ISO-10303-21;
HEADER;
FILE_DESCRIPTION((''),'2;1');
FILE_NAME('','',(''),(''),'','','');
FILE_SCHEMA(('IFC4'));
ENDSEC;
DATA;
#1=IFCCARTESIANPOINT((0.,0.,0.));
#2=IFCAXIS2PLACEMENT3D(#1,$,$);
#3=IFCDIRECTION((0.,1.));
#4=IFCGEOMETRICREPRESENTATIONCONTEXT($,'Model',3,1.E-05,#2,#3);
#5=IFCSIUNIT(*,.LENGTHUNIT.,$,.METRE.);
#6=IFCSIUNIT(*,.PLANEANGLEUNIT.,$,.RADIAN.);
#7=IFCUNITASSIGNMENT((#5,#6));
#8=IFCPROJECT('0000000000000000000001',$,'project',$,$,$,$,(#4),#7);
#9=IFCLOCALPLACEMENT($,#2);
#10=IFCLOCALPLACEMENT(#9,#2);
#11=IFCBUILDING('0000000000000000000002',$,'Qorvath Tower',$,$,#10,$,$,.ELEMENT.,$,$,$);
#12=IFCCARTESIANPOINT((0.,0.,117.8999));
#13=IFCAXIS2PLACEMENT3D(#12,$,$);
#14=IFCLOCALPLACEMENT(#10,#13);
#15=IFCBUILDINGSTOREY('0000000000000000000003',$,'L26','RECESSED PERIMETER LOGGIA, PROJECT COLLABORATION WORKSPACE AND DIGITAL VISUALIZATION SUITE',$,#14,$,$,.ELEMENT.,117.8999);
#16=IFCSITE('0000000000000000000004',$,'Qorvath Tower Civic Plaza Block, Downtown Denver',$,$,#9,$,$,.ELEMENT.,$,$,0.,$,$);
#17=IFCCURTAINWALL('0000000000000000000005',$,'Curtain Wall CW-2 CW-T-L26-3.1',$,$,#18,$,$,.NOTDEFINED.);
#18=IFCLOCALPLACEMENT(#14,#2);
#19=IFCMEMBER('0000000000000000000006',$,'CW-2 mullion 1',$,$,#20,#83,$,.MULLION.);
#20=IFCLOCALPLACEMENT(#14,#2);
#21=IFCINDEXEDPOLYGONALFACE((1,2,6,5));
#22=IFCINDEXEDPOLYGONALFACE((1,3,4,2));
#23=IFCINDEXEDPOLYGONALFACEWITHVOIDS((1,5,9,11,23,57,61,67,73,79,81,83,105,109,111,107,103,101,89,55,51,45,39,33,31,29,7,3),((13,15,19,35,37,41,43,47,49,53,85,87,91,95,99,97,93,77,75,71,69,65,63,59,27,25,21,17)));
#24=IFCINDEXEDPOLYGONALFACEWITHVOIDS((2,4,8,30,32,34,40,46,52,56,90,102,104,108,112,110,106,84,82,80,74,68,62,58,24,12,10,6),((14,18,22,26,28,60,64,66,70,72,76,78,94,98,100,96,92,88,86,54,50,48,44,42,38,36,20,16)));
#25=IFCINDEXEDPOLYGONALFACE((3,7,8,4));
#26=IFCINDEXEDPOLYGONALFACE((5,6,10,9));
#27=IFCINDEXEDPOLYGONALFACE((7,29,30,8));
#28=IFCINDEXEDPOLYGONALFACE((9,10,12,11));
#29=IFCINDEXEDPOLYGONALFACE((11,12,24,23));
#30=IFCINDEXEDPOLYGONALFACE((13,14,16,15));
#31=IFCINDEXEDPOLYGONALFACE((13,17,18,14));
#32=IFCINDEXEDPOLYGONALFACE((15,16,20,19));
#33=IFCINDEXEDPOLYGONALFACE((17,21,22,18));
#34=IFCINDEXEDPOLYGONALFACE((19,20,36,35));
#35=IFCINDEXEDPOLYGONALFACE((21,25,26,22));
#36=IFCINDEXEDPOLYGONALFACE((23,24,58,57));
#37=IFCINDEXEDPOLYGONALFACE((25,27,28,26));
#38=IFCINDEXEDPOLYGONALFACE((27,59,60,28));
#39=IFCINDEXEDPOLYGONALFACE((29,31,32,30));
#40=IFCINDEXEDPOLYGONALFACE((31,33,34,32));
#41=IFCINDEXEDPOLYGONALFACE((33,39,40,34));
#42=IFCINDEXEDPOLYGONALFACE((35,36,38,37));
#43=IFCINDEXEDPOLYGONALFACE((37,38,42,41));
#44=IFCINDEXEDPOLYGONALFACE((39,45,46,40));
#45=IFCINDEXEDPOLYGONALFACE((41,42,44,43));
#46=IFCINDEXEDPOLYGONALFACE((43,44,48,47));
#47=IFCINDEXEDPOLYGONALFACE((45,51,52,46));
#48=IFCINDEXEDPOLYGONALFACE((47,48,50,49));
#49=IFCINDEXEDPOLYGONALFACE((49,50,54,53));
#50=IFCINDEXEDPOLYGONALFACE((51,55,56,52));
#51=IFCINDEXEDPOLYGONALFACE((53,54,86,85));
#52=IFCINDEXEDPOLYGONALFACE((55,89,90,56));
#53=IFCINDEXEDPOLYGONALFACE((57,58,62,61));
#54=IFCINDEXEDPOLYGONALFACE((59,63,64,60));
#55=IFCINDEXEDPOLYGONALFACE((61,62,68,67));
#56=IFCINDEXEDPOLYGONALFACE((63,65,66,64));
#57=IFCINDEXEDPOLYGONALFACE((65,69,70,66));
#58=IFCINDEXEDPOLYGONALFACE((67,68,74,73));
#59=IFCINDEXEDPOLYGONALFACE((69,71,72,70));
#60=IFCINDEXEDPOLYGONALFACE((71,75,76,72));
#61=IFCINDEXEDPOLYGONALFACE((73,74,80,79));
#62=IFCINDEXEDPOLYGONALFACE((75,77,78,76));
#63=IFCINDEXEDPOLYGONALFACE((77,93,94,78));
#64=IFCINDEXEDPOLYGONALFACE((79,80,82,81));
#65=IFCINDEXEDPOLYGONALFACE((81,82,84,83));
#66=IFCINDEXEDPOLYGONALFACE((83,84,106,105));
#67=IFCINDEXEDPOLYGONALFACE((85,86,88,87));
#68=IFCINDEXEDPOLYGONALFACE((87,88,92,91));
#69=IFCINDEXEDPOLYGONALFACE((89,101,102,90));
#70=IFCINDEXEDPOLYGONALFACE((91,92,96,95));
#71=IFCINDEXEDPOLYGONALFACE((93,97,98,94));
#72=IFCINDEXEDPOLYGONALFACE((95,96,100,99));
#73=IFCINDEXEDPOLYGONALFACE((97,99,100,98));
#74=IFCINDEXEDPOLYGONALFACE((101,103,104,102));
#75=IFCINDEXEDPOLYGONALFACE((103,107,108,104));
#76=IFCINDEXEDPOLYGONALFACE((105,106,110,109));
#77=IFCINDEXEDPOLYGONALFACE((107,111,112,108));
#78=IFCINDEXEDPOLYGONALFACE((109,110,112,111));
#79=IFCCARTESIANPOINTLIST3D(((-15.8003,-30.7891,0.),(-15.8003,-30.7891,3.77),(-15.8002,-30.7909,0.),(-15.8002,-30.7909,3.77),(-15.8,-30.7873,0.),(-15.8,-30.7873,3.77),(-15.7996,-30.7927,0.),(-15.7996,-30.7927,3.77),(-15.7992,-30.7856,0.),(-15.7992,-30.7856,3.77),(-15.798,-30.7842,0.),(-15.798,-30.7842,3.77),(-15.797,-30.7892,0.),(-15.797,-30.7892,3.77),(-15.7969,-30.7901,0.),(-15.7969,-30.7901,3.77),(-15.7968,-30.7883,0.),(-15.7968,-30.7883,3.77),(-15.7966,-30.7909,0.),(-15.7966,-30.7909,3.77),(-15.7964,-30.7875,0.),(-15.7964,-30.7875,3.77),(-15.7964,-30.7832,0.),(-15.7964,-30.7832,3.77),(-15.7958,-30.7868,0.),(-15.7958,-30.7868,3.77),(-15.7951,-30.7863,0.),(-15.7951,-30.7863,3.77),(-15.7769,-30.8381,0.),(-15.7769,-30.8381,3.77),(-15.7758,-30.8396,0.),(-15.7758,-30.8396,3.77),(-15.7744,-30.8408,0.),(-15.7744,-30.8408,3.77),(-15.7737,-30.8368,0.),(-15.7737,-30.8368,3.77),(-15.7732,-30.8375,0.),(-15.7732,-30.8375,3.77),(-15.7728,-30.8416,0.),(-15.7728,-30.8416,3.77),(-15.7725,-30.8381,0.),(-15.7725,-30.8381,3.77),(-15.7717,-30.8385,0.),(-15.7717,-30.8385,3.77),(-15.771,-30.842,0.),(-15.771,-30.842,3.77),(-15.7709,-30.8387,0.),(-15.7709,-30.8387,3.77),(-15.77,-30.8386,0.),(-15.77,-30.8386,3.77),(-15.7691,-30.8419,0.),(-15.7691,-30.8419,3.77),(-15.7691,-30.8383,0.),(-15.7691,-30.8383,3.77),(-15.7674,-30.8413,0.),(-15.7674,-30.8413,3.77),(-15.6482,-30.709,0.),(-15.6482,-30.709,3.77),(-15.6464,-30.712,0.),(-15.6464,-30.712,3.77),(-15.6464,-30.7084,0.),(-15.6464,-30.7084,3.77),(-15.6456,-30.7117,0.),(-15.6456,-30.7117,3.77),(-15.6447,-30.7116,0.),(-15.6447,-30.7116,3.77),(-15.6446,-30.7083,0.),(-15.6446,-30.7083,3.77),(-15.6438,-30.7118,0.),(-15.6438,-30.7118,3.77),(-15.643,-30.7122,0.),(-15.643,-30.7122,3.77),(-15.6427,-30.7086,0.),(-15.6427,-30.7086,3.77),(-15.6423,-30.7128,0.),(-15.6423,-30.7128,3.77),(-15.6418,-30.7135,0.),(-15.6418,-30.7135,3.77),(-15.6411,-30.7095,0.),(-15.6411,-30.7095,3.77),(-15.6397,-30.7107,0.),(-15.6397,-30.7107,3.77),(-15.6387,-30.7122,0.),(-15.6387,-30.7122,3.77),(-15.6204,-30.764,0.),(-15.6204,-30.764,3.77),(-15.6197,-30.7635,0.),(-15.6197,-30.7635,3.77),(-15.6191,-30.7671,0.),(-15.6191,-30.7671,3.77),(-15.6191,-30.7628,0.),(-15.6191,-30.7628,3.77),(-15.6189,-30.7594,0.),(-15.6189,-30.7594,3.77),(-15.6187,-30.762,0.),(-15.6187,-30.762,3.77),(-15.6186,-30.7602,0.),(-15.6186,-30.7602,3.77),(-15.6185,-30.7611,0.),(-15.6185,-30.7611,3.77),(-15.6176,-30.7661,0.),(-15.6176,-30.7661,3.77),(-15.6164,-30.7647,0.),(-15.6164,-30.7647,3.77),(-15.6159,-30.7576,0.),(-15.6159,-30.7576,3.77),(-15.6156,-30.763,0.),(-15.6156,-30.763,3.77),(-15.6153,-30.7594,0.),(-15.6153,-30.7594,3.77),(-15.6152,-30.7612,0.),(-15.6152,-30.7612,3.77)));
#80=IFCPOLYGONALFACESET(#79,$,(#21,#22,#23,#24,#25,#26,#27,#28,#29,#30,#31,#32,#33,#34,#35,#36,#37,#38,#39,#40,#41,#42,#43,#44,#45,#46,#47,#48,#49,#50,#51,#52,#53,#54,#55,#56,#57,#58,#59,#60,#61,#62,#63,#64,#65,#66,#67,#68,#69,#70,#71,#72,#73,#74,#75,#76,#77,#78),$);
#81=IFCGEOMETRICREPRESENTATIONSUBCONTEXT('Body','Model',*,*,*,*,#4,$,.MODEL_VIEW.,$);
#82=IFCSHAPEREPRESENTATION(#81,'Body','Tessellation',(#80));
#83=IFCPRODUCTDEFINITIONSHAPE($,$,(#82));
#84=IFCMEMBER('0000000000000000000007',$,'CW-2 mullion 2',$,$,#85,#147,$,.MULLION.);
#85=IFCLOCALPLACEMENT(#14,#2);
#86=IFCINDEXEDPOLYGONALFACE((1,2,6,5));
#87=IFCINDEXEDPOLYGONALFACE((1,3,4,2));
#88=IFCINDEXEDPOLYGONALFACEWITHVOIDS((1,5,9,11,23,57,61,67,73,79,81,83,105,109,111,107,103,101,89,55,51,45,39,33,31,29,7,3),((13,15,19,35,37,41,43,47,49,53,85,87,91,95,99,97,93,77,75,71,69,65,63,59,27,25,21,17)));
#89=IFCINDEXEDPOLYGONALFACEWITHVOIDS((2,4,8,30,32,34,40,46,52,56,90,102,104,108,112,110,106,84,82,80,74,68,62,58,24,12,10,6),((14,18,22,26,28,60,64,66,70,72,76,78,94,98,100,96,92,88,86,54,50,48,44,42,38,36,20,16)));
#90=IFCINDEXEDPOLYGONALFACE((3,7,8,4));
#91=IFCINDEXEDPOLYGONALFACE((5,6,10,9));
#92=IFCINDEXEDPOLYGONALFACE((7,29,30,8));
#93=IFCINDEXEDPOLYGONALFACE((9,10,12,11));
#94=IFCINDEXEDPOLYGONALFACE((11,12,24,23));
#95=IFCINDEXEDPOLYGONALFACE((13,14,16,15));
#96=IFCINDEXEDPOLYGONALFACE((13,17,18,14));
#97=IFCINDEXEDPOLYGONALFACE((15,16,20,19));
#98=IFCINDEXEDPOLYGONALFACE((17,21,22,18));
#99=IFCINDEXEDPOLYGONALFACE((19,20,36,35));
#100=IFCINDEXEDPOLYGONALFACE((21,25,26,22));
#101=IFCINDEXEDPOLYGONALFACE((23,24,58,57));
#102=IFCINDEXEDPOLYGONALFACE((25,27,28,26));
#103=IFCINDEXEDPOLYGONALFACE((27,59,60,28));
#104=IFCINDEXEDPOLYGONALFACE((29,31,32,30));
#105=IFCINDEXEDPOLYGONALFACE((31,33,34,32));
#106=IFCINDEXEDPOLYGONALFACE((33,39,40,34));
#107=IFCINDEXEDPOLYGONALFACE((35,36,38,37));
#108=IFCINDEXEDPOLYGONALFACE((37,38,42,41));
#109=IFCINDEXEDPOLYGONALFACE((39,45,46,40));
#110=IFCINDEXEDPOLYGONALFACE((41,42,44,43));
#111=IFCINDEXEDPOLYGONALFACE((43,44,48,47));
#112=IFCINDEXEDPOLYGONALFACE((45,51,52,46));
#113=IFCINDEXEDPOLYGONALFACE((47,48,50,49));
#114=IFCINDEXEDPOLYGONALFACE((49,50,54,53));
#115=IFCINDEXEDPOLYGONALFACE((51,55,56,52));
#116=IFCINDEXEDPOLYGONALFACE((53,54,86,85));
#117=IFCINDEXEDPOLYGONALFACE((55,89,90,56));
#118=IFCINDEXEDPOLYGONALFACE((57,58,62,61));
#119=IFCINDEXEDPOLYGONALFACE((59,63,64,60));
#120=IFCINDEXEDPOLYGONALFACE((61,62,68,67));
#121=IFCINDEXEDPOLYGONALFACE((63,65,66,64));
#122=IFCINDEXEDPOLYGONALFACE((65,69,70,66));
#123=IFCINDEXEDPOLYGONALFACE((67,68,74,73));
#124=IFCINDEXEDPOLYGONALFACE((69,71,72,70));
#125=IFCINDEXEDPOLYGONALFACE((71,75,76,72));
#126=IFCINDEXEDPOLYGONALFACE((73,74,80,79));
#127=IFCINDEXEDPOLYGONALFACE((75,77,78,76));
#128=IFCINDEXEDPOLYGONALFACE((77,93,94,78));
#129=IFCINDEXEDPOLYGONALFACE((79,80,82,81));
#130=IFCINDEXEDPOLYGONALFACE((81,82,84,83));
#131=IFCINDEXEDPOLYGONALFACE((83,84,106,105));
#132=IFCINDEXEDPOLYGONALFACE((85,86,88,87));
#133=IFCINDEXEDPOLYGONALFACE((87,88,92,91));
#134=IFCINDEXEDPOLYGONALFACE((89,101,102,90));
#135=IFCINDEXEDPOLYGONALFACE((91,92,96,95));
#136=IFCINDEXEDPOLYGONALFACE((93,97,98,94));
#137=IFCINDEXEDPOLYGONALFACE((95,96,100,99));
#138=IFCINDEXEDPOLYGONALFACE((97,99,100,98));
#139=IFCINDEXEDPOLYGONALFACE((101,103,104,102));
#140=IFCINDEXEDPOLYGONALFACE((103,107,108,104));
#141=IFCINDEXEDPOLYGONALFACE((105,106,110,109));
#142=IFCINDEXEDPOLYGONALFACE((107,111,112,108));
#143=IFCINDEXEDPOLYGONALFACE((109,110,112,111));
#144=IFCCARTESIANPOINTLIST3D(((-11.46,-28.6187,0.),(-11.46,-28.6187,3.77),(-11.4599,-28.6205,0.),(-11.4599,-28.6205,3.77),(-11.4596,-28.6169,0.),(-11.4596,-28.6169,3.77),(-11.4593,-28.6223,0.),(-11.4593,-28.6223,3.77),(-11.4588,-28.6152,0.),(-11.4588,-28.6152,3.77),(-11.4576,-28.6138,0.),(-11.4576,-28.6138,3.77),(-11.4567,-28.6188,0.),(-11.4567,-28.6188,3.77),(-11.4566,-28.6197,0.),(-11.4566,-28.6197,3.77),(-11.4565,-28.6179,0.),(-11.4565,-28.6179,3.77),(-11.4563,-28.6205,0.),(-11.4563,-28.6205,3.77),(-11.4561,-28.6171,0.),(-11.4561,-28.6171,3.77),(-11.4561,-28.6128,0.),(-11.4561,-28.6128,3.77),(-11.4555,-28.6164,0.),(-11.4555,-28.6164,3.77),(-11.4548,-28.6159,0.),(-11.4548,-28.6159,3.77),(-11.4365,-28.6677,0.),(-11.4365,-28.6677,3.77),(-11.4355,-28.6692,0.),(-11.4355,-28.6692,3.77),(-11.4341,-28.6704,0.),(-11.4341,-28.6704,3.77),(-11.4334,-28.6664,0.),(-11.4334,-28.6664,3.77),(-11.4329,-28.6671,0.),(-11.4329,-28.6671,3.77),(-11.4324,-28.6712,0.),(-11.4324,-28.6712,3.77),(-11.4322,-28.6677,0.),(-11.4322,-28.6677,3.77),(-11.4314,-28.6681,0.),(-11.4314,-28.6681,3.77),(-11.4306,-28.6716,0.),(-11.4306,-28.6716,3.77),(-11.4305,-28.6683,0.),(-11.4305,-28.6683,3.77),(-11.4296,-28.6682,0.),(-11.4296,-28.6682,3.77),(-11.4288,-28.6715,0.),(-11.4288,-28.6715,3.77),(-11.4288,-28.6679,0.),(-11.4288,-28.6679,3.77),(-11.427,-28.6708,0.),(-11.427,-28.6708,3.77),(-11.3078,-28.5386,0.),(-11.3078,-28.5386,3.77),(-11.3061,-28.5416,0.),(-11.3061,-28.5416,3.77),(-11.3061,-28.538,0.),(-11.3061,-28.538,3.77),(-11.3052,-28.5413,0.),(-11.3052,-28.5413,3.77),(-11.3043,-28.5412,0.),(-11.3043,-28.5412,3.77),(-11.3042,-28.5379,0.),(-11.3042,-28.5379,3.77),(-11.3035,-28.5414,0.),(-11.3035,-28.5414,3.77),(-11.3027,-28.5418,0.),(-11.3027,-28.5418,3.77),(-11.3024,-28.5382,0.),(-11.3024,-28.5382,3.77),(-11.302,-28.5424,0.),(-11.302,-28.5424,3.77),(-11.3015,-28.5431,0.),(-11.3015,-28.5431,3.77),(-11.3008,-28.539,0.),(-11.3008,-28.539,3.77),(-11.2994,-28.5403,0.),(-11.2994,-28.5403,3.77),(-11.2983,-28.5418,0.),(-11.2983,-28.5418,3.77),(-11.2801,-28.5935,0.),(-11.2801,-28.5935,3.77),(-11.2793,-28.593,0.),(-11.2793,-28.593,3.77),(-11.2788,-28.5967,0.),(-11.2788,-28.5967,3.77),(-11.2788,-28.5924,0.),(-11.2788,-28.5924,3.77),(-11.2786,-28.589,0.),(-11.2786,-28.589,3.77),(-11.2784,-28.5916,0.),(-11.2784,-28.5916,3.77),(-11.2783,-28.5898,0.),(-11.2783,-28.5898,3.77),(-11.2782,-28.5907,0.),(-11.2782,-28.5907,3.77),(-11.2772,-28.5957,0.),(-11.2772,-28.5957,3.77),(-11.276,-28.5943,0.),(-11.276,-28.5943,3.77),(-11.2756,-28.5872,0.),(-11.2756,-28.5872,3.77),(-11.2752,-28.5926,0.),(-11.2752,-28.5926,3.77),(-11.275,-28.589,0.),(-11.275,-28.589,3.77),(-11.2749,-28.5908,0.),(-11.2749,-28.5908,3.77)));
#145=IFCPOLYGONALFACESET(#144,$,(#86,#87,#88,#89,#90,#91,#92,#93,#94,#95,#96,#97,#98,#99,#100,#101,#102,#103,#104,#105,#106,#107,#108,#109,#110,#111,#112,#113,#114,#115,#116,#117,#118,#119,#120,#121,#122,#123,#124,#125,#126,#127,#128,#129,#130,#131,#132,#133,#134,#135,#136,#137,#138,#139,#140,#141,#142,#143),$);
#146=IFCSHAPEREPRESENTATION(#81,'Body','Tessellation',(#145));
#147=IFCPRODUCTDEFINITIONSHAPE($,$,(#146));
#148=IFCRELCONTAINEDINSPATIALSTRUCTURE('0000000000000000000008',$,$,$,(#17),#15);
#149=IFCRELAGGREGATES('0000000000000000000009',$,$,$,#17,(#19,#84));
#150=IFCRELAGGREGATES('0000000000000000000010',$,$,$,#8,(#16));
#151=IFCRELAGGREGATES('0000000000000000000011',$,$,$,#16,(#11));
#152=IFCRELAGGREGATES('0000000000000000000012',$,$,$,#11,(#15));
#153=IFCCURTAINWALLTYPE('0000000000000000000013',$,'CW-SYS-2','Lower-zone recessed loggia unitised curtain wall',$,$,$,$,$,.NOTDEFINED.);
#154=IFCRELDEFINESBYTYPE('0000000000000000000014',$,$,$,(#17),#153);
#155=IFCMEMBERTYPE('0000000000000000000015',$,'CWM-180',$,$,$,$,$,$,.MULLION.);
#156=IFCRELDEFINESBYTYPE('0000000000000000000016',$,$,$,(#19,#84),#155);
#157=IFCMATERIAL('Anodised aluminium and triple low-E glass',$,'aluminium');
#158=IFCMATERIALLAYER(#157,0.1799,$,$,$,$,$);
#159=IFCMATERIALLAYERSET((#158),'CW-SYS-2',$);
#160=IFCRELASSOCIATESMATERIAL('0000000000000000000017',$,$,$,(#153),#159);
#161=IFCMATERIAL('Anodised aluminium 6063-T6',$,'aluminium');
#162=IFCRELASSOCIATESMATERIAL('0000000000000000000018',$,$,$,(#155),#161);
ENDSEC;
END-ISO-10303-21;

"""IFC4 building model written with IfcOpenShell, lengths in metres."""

from ifc_helpers import new_model, si_unit, direction, frame, origin, origin_2d, place, context, subcontext, project, spatial, hollow_rectangle, extrude, material, layer, layer_set, material_profile, profile_set, type_object, element, aggregate, save


model = new_model("IFC4")

# Units and contexts
model_context = context("Model", 3, precision=1e-05, world=origin(), true_north=direction((0.0, 1.0)))
body_context = subcontext(model_context, "Body", "Model", "MODEL_VIEW")
ifc_project = project(units=[si_unit("LENGTHUNIT", "METRE"), si_unit("PLANEANGLEUNIT", "RADIAN")], contexts=[model_context])

# Site, building, storey
site_placement = place(None, origin())
site = spatial("IfcSite", under=ifc_project, at=site_placement, Name="Qorvath Tower Civic Plaza Block, Downtown Denver", CompositionType="ELEMENT", RefElevation=0.0)
building_placement = place(site_placement, origin())
building = spatial("IfcBuilding", under=site, at=building_placement, Name="Qorvath Tower", CompositionType="ELEMENT")
storey_placement = place(building_placement, frame((0.0, 0.0, 117.8999)))
storey = spatial("IfcBuildingStorey", under=building, at=storey_placement, Name="L26", Description="RECESSED PERIMETER LOGGIA, PROJECT COLLABORATION WORKSPACE AND DIGITAL VISUALIZATION SUITE", CompositionType="ELEMENT", Elevation=117.8999)

# Curtain wall, members
ifc_material_1 = material(Name="Anodised aluminium and triple low-E glass", Category="aluminium")
ifc_layer_1 = layer(ifc_material_1, 0.1799)
ifc_layer_set_1 = layer_set([ifc_layer_1], Name="CW-SYS-2")
curtain_wall_type = type_object("IfcCurtainWallType", Name="CW-SYS-2", Description="Lower-zone recessed loggia unitised curtain wall", PredefinedType="NOTDEFINED", material=ifc_layer_set_1)
ifc_material_2 = material(Name="Anodised aluminium 6063-T6", Category="aluminium")
ifc_material_profile_1 = material_profile(ifc_material_2, hollow_rectangle(XDim=0.0649, YDim=0.1799, WallThickness=0.0034, InnerFilletRadius=0.0034, OuterFilletRadius=0.0071, at=origin_2d()), Name="CWM 180x65")
ifc_profile_set_1 = profile_set([ifc_material_profile_1], Name="Anodised aluminium 6063-T6")
member_type_1 = type_object("IfcMemberType", Name="CWM-180", PredefinedType="MULLION", material=ifc_profile_set_1)
curtain_wall_1_placement = place(storey_placement, origin())
curtain_wall_1 = element("IfcCurtainWall", 1, at=curtain_wall_1_placement, inside=storey, type_object=curtain_wall_type, Name="Curtain Wall CW-2 CW-T-L26-3.1", PredefinedType="NOTDEFINED")
member_1_placement = place(storey_placement, frame((-15.7078, -30.7751, 0.0), z_axis=(0.0, 0.0, 1.0), x_axis=(-0.447262, 0.894403, 0.0)))
member_1 = element("IfcMember", 2, at=member_1_placement, type_object=member_type_1, Name="CW-2 mullion 1", PredefinedType="MULLION", context=body_context, shape_type="SweptSolid", body=[
    extrude(hollow_rectangle(XDim=0.0649, YDim=0.1799, WallThickness=0.0034, InnerFilletRadius=0.0034, OuterFilletRadius=0.0071, at=origin_2d()), origin(), (0.0, 0.0, 1.0), 3.77),
])
member_2_placement = place(storey_placement, frame((-11.3674, -28.6047, 0.0), z_axis=(0.0, 0.0, 1.0), x_axis=(-0.447262, 0.894403, 0.0)))
member_2 = element("IfcMember", 3, at=member_2_placement, type_object=member_type_1, Name="CW-2 mullion 2", PredefinedType="MULLION", context=body_context, shape_type="SweptSolid", body=[
    extrude(hollow_rectangle(XDim=0.0649, YDim=0.1799, WallThickness=0.0034, InnerFilletRadius=0.0034, OuterFilletRadius=0.0071, at=origin_2d()), origin(), (0.0, 0.0, 1.0), 3.77),
])

aggregate(curtain_wall_1, [member_1, member_2])

save(model, "model.ifc")
